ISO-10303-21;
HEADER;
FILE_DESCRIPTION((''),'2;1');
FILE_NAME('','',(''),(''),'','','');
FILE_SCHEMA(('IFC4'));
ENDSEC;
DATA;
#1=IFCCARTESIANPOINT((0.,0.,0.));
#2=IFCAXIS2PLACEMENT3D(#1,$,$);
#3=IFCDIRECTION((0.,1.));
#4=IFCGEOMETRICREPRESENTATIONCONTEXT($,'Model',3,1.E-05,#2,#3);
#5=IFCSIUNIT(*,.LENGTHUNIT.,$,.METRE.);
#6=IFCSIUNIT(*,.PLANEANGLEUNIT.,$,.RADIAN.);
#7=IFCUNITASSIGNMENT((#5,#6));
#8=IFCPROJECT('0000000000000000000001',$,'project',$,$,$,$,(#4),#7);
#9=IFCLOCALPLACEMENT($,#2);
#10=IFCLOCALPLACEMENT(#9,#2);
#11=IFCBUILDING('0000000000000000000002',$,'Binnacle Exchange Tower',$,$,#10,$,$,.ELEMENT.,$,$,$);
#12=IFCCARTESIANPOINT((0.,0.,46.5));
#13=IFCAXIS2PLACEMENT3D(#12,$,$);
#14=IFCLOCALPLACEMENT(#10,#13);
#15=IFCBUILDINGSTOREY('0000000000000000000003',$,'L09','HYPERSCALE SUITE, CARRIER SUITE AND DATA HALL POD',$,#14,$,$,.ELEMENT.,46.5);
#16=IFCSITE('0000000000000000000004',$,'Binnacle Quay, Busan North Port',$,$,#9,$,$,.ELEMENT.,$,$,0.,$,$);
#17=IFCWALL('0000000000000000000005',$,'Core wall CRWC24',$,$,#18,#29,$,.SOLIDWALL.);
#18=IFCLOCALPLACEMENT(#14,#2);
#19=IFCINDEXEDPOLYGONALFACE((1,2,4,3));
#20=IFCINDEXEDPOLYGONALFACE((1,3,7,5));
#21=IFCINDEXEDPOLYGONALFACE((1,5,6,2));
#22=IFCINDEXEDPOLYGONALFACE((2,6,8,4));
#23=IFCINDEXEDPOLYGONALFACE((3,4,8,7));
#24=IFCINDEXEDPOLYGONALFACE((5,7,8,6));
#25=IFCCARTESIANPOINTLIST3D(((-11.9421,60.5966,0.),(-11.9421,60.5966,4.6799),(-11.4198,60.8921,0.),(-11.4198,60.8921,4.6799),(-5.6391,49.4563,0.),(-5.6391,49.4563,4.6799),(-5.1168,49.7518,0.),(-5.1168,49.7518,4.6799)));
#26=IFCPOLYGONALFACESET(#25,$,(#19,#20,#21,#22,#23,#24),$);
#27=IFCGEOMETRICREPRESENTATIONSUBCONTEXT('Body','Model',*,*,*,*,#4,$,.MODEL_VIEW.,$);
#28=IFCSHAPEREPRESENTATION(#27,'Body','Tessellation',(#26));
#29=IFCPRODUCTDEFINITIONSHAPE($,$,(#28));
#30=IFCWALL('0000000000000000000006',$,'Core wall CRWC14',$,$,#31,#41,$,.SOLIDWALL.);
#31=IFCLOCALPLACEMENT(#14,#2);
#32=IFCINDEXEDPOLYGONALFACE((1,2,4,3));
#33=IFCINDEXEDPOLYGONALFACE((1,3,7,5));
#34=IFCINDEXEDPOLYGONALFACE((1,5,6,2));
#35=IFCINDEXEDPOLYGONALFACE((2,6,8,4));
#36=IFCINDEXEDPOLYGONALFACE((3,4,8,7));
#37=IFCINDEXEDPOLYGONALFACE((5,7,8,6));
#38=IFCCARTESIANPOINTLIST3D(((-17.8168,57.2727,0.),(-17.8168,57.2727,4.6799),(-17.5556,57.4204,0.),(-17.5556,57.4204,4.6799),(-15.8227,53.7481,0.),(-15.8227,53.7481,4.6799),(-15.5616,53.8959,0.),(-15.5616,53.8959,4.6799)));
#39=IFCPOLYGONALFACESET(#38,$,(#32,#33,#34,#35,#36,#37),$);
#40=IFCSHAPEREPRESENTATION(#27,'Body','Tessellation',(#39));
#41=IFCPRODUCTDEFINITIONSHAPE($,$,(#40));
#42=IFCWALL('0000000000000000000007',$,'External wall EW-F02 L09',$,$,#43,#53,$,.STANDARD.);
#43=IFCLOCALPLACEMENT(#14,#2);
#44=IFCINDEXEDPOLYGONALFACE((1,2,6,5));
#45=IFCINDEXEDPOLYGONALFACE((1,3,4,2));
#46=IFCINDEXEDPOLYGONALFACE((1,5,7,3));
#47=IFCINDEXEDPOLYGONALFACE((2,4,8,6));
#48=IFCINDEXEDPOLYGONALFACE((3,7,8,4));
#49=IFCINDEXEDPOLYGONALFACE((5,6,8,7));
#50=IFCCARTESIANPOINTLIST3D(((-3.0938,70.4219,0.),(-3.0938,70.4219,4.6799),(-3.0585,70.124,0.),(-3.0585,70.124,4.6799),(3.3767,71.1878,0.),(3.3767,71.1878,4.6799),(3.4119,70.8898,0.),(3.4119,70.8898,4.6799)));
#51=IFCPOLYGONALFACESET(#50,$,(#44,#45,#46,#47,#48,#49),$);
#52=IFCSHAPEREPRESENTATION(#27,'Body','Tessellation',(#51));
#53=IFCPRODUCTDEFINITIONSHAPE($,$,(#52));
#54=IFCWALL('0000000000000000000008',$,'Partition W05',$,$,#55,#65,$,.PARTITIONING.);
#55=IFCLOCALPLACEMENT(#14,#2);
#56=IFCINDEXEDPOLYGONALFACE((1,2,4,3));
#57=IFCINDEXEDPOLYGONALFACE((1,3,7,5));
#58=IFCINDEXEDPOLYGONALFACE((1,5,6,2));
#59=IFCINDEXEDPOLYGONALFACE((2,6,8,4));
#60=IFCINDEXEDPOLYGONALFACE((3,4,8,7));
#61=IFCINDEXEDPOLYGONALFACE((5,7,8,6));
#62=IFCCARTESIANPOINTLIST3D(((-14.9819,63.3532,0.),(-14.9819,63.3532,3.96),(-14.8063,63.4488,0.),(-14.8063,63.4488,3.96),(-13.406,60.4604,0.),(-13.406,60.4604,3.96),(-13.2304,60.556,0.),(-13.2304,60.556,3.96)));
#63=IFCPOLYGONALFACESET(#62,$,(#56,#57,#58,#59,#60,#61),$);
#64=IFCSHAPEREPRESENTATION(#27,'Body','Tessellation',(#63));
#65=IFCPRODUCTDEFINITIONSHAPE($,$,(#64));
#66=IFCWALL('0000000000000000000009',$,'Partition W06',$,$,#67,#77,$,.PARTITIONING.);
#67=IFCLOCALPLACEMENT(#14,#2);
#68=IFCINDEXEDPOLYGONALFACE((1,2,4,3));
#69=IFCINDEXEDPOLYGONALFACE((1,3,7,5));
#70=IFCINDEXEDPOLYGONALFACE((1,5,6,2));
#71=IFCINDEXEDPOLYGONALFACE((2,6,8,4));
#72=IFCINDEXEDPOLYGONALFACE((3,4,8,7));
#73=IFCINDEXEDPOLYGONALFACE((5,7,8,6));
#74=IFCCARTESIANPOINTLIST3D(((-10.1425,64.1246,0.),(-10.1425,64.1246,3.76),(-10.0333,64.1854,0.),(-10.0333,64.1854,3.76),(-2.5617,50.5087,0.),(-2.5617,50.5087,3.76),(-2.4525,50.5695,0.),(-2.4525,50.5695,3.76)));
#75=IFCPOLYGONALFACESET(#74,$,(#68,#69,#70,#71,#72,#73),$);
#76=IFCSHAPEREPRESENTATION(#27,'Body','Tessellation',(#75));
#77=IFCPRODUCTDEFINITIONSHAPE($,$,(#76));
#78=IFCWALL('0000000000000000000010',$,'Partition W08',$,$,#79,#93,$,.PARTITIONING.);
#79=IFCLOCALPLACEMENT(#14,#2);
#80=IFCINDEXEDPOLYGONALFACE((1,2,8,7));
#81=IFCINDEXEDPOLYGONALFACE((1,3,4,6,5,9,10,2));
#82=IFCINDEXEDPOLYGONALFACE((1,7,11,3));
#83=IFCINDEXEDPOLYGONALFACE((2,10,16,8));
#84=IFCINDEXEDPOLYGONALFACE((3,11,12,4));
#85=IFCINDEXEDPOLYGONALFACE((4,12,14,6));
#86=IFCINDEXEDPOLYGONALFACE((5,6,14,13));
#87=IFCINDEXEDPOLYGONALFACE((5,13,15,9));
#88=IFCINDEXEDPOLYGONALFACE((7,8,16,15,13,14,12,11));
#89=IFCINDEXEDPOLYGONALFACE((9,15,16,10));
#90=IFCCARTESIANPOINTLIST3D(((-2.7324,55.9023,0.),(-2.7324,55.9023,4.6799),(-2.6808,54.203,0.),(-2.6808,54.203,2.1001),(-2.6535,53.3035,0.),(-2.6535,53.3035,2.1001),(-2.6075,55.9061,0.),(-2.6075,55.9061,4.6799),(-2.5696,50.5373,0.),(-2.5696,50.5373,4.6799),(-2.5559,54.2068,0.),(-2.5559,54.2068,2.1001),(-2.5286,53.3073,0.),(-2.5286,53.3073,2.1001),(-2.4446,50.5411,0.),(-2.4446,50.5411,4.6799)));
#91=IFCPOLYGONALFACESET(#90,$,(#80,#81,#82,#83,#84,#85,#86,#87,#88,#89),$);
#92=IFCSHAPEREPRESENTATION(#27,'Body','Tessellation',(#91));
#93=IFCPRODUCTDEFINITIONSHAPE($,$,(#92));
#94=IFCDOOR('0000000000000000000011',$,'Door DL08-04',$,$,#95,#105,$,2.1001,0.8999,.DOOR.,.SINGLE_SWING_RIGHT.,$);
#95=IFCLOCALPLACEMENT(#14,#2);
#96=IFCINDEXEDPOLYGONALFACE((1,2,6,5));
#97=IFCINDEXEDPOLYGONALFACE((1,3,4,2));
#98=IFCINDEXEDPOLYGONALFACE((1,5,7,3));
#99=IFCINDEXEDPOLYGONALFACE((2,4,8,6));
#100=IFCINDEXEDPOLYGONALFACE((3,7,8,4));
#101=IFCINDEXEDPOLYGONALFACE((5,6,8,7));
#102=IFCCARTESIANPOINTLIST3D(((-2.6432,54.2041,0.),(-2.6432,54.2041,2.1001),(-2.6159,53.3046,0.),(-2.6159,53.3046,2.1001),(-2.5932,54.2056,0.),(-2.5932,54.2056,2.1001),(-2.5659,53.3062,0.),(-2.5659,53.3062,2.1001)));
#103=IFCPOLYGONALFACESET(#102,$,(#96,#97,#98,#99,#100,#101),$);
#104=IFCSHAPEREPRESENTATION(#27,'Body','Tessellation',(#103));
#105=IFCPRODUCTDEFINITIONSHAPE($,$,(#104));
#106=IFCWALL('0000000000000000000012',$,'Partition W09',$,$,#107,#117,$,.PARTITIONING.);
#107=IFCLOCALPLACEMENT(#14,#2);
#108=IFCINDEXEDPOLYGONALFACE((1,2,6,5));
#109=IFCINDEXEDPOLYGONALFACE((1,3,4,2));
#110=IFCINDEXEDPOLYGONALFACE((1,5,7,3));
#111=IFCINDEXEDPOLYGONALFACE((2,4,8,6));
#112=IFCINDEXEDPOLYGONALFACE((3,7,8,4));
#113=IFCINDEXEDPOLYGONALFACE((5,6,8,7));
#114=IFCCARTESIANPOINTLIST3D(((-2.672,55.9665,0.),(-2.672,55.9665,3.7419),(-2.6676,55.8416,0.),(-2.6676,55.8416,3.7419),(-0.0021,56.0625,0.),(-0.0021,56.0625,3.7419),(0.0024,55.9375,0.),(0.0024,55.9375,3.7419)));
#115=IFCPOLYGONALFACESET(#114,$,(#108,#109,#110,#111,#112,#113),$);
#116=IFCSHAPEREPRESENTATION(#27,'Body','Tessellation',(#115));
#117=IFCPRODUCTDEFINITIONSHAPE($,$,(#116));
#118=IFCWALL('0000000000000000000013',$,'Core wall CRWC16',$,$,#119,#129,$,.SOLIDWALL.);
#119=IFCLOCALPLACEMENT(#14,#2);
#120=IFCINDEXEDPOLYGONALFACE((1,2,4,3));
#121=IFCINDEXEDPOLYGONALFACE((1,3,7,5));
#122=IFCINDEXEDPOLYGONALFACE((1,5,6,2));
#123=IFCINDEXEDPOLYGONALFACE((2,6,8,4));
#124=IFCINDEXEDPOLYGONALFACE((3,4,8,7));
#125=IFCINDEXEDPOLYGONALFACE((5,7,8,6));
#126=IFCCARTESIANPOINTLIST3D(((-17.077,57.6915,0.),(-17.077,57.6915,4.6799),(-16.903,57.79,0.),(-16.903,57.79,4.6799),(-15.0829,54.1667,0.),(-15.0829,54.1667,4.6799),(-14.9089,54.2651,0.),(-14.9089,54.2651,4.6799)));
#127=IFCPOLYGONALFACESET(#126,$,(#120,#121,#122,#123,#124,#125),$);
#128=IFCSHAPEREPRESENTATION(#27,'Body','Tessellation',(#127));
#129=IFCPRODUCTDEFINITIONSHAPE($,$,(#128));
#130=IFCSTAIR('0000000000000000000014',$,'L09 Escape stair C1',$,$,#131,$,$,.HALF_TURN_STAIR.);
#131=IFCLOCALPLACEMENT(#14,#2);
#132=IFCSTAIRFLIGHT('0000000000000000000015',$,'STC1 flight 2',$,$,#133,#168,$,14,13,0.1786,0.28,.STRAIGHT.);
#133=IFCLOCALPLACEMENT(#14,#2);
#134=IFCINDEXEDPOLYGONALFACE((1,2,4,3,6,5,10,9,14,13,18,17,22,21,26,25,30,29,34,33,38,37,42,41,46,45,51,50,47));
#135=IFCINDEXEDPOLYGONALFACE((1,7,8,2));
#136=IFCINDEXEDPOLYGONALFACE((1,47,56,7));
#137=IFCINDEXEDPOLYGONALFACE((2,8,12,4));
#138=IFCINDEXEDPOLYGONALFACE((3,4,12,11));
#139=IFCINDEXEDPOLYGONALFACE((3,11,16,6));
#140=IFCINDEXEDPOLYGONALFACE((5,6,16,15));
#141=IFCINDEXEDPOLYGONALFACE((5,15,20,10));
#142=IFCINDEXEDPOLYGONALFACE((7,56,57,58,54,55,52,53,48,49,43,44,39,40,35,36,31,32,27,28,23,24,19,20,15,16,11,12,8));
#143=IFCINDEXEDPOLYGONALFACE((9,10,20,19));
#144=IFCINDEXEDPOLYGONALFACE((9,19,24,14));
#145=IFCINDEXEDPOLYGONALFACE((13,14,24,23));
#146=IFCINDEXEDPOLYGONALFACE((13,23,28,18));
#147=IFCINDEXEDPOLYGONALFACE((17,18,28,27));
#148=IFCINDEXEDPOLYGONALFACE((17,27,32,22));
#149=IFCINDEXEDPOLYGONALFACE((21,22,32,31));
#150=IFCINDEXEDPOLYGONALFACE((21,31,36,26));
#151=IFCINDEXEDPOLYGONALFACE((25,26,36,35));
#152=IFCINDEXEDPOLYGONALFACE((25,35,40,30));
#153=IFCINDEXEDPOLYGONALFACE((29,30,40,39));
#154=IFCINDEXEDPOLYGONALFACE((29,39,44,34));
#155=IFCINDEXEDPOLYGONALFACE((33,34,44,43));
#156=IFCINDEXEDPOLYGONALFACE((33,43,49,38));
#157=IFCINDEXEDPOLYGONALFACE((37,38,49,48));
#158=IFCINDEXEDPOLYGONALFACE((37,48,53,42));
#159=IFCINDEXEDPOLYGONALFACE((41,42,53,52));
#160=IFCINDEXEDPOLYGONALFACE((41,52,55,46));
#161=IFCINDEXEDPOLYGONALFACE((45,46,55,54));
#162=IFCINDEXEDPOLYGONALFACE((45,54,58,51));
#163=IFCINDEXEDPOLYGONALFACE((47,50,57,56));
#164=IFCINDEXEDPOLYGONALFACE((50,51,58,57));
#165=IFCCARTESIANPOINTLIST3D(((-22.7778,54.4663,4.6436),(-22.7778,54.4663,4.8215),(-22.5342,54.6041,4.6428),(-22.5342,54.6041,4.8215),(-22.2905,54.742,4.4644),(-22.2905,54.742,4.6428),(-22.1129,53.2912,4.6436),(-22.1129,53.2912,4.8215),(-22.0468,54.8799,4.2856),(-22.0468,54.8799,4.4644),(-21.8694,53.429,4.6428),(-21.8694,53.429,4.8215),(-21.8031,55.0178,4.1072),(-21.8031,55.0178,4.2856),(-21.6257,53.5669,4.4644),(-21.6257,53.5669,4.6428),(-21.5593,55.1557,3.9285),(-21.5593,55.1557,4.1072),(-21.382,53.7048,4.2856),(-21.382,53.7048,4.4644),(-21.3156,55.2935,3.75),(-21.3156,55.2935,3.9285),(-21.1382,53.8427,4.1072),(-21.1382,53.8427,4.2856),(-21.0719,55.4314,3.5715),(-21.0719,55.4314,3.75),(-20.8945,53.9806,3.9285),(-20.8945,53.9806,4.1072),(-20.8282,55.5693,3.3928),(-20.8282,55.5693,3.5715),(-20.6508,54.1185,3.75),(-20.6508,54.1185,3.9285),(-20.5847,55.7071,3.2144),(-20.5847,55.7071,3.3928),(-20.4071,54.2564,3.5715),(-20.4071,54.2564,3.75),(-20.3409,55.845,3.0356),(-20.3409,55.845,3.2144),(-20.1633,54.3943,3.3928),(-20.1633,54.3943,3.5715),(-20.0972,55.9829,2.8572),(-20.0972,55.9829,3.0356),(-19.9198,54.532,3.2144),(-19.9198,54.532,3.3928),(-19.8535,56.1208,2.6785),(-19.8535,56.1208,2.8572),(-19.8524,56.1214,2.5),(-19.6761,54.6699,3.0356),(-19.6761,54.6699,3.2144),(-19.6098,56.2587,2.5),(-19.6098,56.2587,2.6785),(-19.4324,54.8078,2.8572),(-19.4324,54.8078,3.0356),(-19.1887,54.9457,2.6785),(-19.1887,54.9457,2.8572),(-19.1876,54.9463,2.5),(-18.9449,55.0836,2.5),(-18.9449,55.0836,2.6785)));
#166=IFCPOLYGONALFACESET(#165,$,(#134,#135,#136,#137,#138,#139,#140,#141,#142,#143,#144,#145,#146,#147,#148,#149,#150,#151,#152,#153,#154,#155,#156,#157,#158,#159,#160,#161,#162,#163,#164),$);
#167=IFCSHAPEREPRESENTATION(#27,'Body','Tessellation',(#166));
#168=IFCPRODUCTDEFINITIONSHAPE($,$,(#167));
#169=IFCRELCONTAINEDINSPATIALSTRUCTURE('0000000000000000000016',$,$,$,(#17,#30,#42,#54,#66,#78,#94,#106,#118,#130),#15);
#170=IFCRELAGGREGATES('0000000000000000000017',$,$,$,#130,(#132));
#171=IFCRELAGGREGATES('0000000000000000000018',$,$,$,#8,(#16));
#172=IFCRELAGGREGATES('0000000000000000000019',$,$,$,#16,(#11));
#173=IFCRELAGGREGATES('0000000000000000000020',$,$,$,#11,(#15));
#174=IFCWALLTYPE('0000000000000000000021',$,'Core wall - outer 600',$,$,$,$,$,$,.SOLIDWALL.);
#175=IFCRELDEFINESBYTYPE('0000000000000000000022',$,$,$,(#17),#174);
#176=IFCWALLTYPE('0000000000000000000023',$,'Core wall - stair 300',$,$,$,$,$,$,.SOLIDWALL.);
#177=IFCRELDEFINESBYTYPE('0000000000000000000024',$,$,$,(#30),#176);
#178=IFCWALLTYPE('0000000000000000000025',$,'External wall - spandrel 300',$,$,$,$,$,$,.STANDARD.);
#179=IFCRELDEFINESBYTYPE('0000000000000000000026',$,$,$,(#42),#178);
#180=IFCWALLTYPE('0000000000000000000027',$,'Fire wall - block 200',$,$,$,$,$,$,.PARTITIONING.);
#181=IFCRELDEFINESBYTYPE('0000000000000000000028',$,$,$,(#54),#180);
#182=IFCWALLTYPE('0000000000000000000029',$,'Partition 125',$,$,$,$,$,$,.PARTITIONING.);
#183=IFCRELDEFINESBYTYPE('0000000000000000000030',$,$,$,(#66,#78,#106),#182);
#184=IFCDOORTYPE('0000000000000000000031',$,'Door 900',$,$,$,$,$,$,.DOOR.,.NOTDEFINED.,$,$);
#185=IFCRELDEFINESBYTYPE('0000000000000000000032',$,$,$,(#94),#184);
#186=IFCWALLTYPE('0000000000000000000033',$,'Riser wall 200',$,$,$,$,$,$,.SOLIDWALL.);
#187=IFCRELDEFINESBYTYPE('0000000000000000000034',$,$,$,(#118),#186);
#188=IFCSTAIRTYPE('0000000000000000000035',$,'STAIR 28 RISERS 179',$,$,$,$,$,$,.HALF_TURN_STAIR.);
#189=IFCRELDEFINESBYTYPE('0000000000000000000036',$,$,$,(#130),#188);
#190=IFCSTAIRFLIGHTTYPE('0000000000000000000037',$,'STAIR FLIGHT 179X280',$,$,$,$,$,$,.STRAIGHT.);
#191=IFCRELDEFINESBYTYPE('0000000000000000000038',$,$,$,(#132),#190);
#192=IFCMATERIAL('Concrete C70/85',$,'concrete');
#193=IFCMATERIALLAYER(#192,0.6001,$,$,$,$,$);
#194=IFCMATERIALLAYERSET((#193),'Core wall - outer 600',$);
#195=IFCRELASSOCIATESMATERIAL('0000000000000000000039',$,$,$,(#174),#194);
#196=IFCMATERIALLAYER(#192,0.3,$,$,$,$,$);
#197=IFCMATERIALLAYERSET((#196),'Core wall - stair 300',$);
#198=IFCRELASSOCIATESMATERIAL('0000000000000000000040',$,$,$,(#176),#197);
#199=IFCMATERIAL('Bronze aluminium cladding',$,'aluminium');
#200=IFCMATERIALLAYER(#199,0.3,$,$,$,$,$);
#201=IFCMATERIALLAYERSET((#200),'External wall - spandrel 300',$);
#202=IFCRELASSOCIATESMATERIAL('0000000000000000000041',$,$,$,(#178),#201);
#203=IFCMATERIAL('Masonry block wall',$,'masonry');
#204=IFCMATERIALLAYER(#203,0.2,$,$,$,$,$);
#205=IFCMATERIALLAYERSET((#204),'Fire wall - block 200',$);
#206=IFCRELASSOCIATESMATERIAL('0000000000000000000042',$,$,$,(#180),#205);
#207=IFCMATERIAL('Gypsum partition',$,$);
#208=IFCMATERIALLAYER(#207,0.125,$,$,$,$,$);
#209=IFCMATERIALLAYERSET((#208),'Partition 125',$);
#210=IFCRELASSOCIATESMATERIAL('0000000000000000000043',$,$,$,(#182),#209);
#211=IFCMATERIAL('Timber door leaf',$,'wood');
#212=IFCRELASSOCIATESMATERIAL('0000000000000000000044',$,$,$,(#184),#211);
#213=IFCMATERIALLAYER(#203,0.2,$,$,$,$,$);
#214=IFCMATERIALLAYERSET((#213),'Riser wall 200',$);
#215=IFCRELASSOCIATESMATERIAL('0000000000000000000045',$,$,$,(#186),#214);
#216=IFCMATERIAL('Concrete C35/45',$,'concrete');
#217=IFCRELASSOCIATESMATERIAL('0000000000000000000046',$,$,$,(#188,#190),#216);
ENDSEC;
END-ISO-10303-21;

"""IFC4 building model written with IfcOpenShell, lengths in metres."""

from ifc_helpers import new_model, si_unit, direction, frame, frame_2d, origin, place, context, subcontext, project, spatial, polyline, rectangle, outline, extrude, material, layer, layer_set, type_object, element, fill, aggregate, save


model = new_model("IFC4")

# Units and contexts
model_context = context("Model", 3, precision=1e-05, world=origin(), true_north=direction((0.0, 1.0)))
body_context = subcontext(model_context, "Body", "Model", "MODEL_VIEW")
ifc_project = project(units=[si_unit("LENGTHUNIT", "METRE"), si_unit("PLANEANGLEUNIT", "RADIAN")], contexts=[model_context])

# Site, building, storey
site_placement = place(None, origin())
site = spatial("IfcSite", under=ifc_project, at=site_placement, Name="Binnacle Quay, Busan North Port", CompositionType="ELEMENT", RefElevation=0.0)
building_placement = place(site_placement, origin())
building = spatial("IfcBuilding", under=site, at=building_placement, Name="Binnacle Exchange Tower", CompositionType="ELEMENT")
storey_placement = place(building_placement, frame((0.0, 0.0, 46.5)))
storey = spatial("IfcBuildingStorey", under=building, at=storey_placement, Name="L09", Description="HYPERSCALE SUITE, CARRIER SUITE AND DATA HALL POD", CompositionType="ELEMENT", Elevation=46.5)

# Shared definitions
ifc_material_1 = material(Name="Concrete C70/85", Category="concrete")

# Walls
ifc_layer_1 = layer(ifc_material_1, 0.6001)
ifc_layer_set_1 = layer_set([ifc_layer_1], Name="Core wall - outer 600")
wall_type_1 = type_object("IfcWallType", Name="Core wall - outer 600", PredefinedType="SOLIDWALL", material=ifc_layer_set_1)
wall_1_placement = place(storey_placement, frame((-11.6809, 60.7444, 0.0), z_axis=(0.0, 0.0, 1.0), x_axis=(0.492427, -0.870354, 0.0)))
element("IfcWall", 1, at=wall_1_placement, inside=storey, type_object=wall_type_1, Name="Core wall CRWC24", PredefinedType="SOLIDWALL", context=body_context, shape_type="SweptSolid", body=[
    extrude(rectangle(XDim=12.7998, YDim=0.6001, at=frame_2d((6.3999, 0.0))), origin(), (0.0, 0.0, 1.0), 4.6799),
])
ifc_layer_2 = layer(ifc_material_1, 0.3)
ifc_layer_set_2 = layer_set([ifc_layer_2], Name="Core wall - stair 300")
wall_type_2 = type_object("IfcWallType", Name="Core wall - stair 300", PredefinedType="SOLIDWALL", material=ifc_layer_set_2)
wall_2_placement = place(storey_placement, frame((-17.6863, 57.3467, 0.0), z_axis=(0.0, 0.0, 1.0), x_axis=(0.492421, -0.870357, 0.0)))
element("IfcWall", 2, at=wall_2_placement, inside=storey, type_object=wall_type_2, Name="Core wall CRWC14", PredefinedType="SOLIDWALL", context=body_context, shape_type="SweptSolid", body=[
    extrude(rectangle(XDim=4.0496, YDim=0.3, at=frame_2d((2.0249, 0.0))), origin(), (0.0, 0.0, 1.0), 4.6799),
])
ifc_material_2 = material(Name="Bronze aluminium cladding", Category="aluminium")
ifc_layer_3 = layer(ifc_material_2, 0.3)
ifc_layer_set_3 = layer_set([ifc_layer_3], Name="External wall - spandrel 300")
wall_type_3 = type_object("IfcWallType", Name="External wall - spandrel 300", PredefinedType="STANDARD", material=ifc_layer_set_3)
wall_3_placement = place(storey_placement, frame((-3.0762, 70.2729, 0.0), z_axis=(0.0, 0.0, 1.0), x_axis=(0.993068, 0.117543, 0.0)))
element("IfcWall", 3, at=wall_3_placement, inside=storey, type_object=wall_type_3, Name="External wall EW-F02 L09", PredefinedType="STANDARD", context=body_context, shape_type="SweptSolid", body=[
    extrude(rectangle(XDim=6.5156, YDim=0.3, at=frame_2d((3.2578, 0.0))), origin(), (0.0, 0.0, 1.0), 4.6799),
])
ifc_material_3 = material(Name="Masonry block wall", Category="masonry")
ifc_layer_4 = layer(ifc_material_3, 0.2)
ifc_layer_set_4 = layer_set([ifc_layer_4], Name="Fire wall - block 200")
wall_type_4 = type_object("IfcWallType", Name="Fire wall - block 200", PredefinedType="PARTITIONING", material=ifc_layer_set_4)
wall_4_placement = place(storey_placement, frame((-14.894, 63.4009, 0.0), z_axis=(0.0, 0.0, 1.0), x_axis=(0.47839, -0.878148, 0.0)))
element("IfcWall", 4, at=wall_4_placement, inside=storey, type_object=wall_type_4, Name="Partition W05", PredefinedType="PARTITIONING", context=body_context, shape_type="SweptSolid", body=[
    extrude(rectangle(XDim=3.2942, YDim=0.2, at=frame_2d((1.647, 0.0))), origin(), (0.0, 0.0, 1.0), 3.96),
])
ifc_material_4 = material(Name="Gypsum partition")
ifc_layer_5 = layer(ifc_material_4, 0.125)
ifc_layer_set_5 = layer_set([ifc_layer_5], Name="Partition 125")
wall_type_5 = type_object("IfcWallType", Name="Partition 125", PredefinedType="PARTITIONING", material=ifc_layer_set_5)
wall_5_placement = place(storey_placement, frame((-10.0879, 64.155, 0.0), z_axis=(0.0, 0.0, 1.0), x_axis=(0.486446, -0.873711, 0.0)))
element("IfcWall", 5, at=wall_5_placement, inside=storey, type_object=wall_type_5, Name="Partition W06", PredefinedType="PARTITIONING", context=body_context, shape_type="SweptSolid", body=[
    extrude(rectangle(XDim=15.584, YDim=0.125, at=frame_2d((7.792, 0.0))), origin(), (0.0, 0.0, 1.0), 3.76),
])

# Wall, opening, door
wall_6_placement = place(storey_placement, frame((-2.6699, 55.9041, 0.0), z_axis=(0.0, 0.0, 1.0), x_axis=(0.030339, -0.99954, 0.0)))
wall_6 = element("IfcWall", 6, at=wall_6_placement, inside=storey, type_object=wall_type_5, Name="Partition W08", PredefinedType="PARTITIONING", context=body_context, shape_type="SweptSolid", body=[
    extrude(rectangle(XDim=5.3674, YDim=0.125, at=frame_2d((2.6836, 0.0))), origin(), (0.0, 0.0, 1.0), 4.6799),
])
opening_1_placement = place(wall_6_placement, frame((1.7, 0.0, 0.0)))
opening_1 = element("IfcOpeningElement", 7, at=opening_1_placement, cuts=wall_6, PredefinedType="OPENING", context=body_context, shape_type="SweptSolid", body=[
    extrude(rectangle(XDim=0.8999, YDim=2.1001, at=frame_2d((0.45, 1.05))), frame((0.0, 0.0725, 0.0), z_axis=(0.0, -1.0, 0.0), x_axis=(1.0, 0.0, 0.0)), (0.0, 0.0, 1.0), 0.145),
])
ifc_material_5 = material(Name="Timber door leaf", Category="wood")
door_type_1 = type_object("IfcDoorType", Name="Door 900", OperationType="NOTDEFINED", PredefinedType="DOOR", material=ifc_material_5)
door_1_placement = place(opening_1_placement, frame((0.8999, 0.0, 0.0), z_axis=(0.0, 0.0, 1.0), x_axis=(-1.0, 0.0, 0.0)))
door_1 = element("IfcDoor", 8, at=door_1_placement, inside=storey, type_object=door_type_1, Name="Door DL08-04", OperationType="SINGLE_SWING_RIGHT", OverallHeight=2.1001, OverallWidth=0.8999, PredefinedType="DOOR", context=body_context, shape_type="SweptSolid", body=[
    extrude(rectangle(XDim=0.8999, YDim=2.1001, at=frame_2d((0.45, 1.05))), frame((0.0, 0.0249, 0.0), z_axis=(0.0, -1.0, 0.0), x_axis=(1.0, 0.0, 0.0)), (0.0, 0.0, 1.0), 0.05),
])
fill(opening_1, door_1)

# Walls
wall_7_placement = place(storey_placement, frame((-2.6699, 55.9041, 0.0), z_axis=(0.0, 0.0, 1.0), x_axis=(0.999355, 0.035913, 0.0)))
element("IfcWall", 9, at=wall_7_placement, inside=storey, type_object=wall_type_5, Name="Partition W09", PredefinedType="PARTITIONING", context=body_context, shape_type="SweptSolid", body=[
    extrude(rectangle(XDim=2.6716, YDim=0.125, at=frame_2d((1.3359, 0.0))), origin(), (0.0, 0.0, 1.0), 3.7419),
])
ifc_layer_6 = layer(ifc_material_3, 0.2)
ifc_layer_set_6 = layer_set([ifc_layer_6], Name="Riser wall 200")
wall_type_6 = type_object("IfcWallType", Name="Riser wall 200", PredefinedType="SOLIDWALL", material=ifc_layer_set_6)
wall_8_placement = place(storey_placement, frame((-16.99, 57.7407, 0.0), z_axis=(0.0, 0.0, 1.0), x_axis=(0.492395, -0.870372, 0.0)))
element("IfcWall", 10, at=wall_8_placement, inside=storey, type_object=wall_type_6, Name="Core wall CRWC16", PredefinedType="SOLIDWALL", context=body_context, shape_type="SweptSolid", body=[
    extrude(rectangle(XDim=4.0498, YDim=0.2, at=frame_2d((2.0249, 0.0))), origin(), (0.0, 0.0, 1.0), 4.6799),
])

# Stair, stair flight
ifc_material_6 = material(Name="Concrete C35/45", Category="concrete")
stair_type = type_object("IfcStairType", Name="STAIR 28 RISERS 179", PredefinedType="HALF_TURN_STAIR", material=ifc_material_6)
stair_placement = place(storey_placement, origin())
stair = element("IfcStair", 11, at=stair_placement, inside=storey, type_object=stair_type, Name="L09 Escape stair C1", PredefinedType="HALF_TURN_STAIR")
stair_flight_type = type_object("IfcStairFlightType", Name="STAIR FLIGHT 179X280", PredefinedType="STRAIGHT", material=ifc_material_6)
stair_flight_placement = place(storey_placement, frame((-19.2773, 55.6711, 2.5), z_axis=(0.0, 0.0, 1.0), x_axis=(-0.870356, -0.492424, 0.0)))
stair_flight = element("IfcStairFlight", 12, at=stair_flight_placement, type_object=stair_flight_type, Name="STC1 flight 2", NumberOfRisers=14, NumberOfTreads=13, PredefinedType="STRAIGHT", RiserHeight=0.1786, TreadLength=0.28, context=body_context, shape_type="SweptSolid", body=[
    extrude(outline(polyline([(0.0, 0.0), (0.0, 0.1785), (0.28, 0.1785), (0.28, 0.3572), (0.5601, 0.3572), (0.5601, 0.5356), (0.8401, 0.5356), (0.8401, 0.7144), (1.1201, 0.7144), (1.1201, 0.8928), (1.3999, 0.8928), (1.3999, 1.0715), (1.6799, 1.0715), (1.6799, 1.25), (1.96, 1.25), (1.96, 1.4285), (2.24, 1.4285), (2.24, 1.6072), (2.52, 1.6072), (2.52, 1.7856), (2.8, 1.7856), (2.8, 1.9644), (3.0801, 1.9644), (3.0801, 2.1428), (3.3601, 2.1428), (3.3601, 2.3215), (3.6399, 2.3215), (3.6399, 2.5), (3.6399, 2.1436), (0.2788, 0.0), (0.0, 0.0)])), frame((0.0, 0.675, 0.0), z_axis=(0.0, -1.0, 0.0), x_axis=(1.0, 0.0, 0.0)), (0.0, 0.0, 1.0), 1.3501),
])
aggregate(stair, [stair_flight])

save(model, "model.ifc")
